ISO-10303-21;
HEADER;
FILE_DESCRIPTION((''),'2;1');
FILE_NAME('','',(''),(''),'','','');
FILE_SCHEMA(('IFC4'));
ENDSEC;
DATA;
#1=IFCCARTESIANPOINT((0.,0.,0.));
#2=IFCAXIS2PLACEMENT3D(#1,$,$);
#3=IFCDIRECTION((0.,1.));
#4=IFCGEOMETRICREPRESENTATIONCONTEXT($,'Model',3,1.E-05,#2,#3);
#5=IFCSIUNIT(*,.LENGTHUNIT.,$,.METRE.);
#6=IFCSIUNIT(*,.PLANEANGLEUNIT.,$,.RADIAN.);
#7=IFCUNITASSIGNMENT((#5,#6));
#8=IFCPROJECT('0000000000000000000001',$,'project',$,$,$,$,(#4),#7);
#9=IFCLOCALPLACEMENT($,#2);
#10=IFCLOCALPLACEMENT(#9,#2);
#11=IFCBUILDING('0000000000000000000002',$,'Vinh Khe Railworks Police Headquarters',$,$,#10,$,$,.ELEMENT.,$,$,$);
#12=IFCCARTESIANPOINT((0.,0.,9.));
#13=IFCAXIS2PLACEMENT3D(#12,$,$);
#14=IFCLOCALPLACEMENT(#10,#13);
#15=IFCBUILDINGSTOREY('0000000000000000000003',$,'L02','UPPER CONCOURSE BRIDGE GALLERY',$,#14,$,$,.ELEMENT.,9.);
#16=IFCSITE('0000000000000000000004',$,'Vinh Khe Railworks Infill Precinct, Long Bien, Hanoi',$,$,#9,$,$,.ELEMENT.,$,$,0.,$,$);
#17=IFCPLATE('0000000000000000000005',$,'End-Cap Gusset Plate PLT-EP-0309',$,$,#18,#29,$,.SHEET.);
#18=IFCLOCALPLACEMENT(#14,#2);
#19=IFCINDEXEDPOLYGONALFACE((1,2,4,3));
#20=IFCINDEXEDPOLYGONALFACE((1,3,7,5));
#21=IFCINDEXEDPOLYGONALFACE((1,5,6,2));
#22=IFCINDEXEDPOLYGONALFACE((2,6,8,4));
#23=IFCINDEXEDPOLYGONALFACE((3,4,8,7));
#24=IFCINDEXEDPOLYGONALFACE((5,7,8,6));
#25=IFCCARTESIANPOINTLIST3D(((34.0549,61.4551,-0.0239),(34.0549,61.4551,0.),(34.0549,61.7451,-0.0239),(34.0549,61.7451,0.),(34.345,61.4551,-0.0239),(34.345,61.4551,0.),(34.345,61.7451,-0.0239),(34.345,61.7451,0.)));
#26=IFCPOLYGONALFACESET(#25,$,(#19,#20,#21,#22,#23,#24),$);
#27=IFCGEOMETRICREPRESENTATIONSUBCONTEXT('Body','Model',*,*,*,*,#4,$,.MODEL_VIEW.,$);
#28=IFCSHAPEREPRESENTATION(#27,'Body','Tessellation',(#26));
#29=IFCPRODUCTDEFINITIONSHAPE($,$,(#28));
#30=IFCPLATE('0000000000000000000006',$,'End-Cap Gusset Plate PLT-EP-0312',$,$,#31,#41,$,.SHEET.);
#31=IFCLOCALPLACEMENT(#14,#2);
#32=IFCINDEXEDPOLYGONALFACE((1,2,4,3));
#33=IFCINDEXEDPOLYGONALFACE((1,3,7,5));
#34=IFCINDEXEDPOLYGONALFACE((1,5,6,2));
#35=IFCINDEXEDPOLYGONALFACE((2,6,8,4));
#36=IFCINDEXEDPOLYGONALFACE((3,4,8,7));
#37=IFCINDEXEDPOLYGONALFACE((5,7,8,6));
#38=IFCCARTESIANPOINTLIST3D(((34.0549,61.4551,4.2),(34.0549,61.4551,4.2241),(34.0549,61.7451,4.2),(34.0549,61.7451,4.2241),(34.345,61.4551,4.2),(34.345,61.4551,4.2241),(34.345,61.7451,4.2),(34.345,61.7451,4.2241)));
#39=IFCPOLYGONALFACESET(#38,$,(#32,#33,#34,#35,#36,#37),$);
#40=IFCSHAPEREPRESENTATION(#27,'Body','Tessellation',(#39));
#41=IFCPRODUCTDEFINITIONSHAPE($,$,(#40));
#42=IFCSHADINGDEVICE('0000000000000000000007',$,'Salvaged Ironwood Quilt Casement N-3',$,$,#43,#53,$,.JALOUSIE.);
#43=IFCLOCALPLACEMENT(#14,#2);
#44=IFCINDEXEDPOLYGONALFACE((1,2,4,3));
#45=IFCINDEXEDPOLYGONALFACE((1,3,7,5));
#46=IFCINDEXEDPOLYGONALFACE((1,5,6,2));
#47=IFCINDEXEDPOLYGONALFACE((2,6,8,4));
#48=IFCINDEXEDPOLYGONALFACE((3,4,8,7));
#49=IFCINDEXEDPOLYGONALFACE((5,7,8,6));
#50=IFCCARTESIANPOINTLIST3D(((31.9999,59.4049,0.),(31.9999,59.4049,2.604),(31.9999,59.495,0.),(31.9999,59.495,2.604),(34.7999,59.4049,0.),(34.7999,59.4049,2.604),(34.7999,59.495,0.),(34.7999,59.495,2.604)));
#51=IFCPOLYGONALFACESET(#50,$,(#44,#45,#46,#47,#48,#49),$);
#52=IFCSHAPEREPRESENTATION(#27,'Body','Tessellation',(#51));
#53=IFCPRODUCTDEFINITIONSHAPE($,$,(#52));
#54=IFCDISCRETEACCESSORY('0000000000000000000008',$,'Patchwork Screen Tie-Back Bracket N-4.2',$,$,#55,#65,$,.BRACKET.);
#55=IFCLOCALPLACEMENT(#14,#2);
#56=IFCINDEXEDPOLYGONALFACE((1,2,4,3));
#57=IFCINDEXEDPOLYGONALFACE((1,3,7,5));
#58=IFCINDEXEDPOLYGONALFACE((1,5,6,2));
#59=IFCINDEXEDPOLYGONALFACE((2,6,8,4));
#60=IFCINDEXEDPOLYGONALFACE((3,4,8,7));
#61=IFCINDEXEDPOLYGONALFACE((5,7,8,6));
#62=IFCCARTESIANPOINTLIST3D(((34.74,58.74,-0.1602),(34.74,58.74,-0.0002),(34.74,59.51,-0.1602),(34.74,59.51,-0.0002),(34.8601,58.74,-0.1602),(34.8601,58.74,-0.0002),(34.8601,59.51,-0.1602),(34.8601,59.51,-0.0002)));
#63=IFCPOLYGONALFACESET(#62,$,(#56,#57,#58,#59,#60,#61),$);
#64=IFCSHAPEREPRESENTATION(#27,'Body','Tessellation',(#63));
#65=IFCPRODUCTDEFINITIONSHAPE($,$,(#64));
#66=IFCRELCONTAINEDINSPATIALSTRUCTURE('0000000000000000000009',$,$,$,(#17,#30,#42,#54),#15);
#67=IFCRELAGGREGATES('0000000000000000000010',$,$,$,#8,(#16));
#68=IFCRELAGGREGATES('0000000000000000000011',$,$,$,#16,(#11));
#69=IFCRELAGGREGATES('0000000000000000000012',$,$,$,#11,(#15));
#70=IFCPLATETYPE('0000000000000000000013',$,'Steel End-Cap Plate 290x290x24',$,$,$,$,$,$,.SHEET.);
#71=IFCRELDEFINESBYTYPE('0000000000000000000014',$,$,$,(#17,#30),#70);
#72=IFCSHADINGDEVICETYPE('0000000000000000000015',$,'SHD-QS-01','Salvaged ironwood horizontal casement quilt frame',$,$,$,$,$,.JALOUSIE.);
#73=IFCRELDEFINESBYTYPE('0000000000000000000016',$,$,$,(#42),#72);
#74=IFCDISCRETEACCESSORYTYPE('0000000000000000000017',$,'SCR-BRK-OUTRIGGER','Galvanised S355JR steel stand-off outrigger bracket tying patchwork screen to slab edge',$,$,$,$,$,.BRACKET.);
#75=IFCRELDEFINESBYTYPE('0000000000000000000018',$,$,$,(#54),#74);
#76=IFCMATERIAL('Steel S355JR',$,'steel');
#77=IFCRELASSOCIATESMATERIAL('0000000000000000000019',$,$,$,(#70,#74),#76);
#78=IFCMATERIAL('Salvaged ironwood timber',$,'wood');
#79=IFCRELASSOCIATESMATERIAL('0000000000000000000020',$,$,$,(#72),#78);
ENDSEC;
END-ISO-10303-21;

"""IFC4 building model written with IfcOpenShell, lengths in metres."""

from ifc_helpers import new_model, si_unit, direction, frame, origin, origin_2d, place, context, subcontext, project, spatial, rectangle, extrude, material, material_profile, profile_set, type_object, element, save


model = new_model("IFC4")

# Units and contexts
model_context = context("Model", 3, precision=1e-05, world=origin(), true_north=direction((0.0, 1.0)))
body_context = subcontext(model_context, "Body", "Model", "MODEL_VIEW")
ifc_project = project(units=[si_unit("LENGTHUNIT", "METRE"), si_unit("PLANEANGLEUNIT", "RADIAN")], contexts=[model_context])

# Site, building, storey
site_placement = place(None, origin())
site = spatial("IfcSite", under=ifc_project, at=site_placement, Name="Vinh Khe Railworks Infill Precinct, Long Bien, Hanoi", CompositionType="ELEMENT", RefElevation=0.0)
building_placement = place(site_placement, origin())
building = spatial("IfcBuilding", under=site, at=building_placement, Name="Vinh Khe Railworks Police Headquarters", CompositionType="ELEMENT")
storey_placement = place(building_placement, frame((0.0, 0.0, 9.0)))
storey = spatial("IfcBuildingStorey", under=building, at=storey_placement, Name="L02", Description="UPPER CONCOURSE BRIDGE GALLERY", CompositionType="ELEMENT", Elevation=9.0)

# Shared definitions
ifc_material_1 = material(Name="Steel S355JR", Category="steel")

# Shared definitions
ifc_material_2 = material(Name="Salvaged ironwood timber", Category="wood")

# Plates
ifc_material_profile_1 = material_profile(ifc_material_1, rectangle(XDim=0.29, YDim=0.29, at=origin_2d()), Name="PL 290x290")
ifc_profile_set_1 = profile_set([ifc_material_profile_1], Name="Steel S355JR")
plate_type_1 = type_object("IfcPlateType", Name="Steel End-Cap Plate 290x290x24", PredefinedType="SHEET", material=ifc_profile_set_1)
plate_1_placement = place(storey_placement, frame((34.2, 61.6001, 0.0), z_axis=(0.0, 0.0, -1.0), x_axis=(1.0, 0.0, 0.0)))
element("IfcPlate", 1, at=plate_1_placement, inside=storey, type_object=plate_type_1, Name="End-Cap Gusset Plate PLT-EP-0309", PredefinedType="SHEET", context=body_context, shape_type="SweptSolid", body=[
    extrude(rectangle(XDim=0.29, YDim=0.29, at=origin_2d()), origin(), (0.0, 0.0, 1.0), 0.0239),
])
plate_2_placement = place(storey_placement, frame((34.2, 61.6001, 4.2), z_axis=(0.0, 0.0, 1.0), x_axis=(1.0, 0.0, 0.0)))
element("IfcPlate", 2, at=plate_2_placement, inside=storey, type_object=plate_type_1, Name="End-Cap Gusset Plate PLT-EP-0312", PredefinedType="SHEET", context=body_context, shape_type="SweptSolid", body=[
    extrude(rectangle(XDim=0.29, YDim=0.29, at=origin_2d()), origin(), (0.0, 0.0, 1.0), 0.0242),
])

# Shading device
shading_device_type = type_object("IfcShadingDeviceType", Name="SHD-QS-01", Description="Salvaged ironwood horizontal casement quilt frame", PredefinedType="JALOUSIE", material=ifc_material_2)
shading_device_placement = place(storey_placement, frame((33.3999, 59.45, 0.0), z_axis=(0.0, 0.0, 1.0), x_axis=(1.0, 0.0, 0.0)))
element("IfcShadingDevice", 3, at=shading_device_placement, inside=storey, type_object=shading_device_type, Name="Salvaged Ironwood Quilt Casement N-3", PredefinedType="JALOUSIE", context=body_context, shape_type="SweptSolid", body=[
    extrude(rectangle(XDim=2.8, YDim=0.0901, at=origin_2d()), origin(), (0.0, 0.0, 1.0), 2.604),
])

# Discrete accessory
discrete_accessory_type = type_object("IfcDiscreteAccessoryType", Name="SCR-BRK-OUTRIGGER", Description="Galvanised S355JR steel stand-off outrigger bracket tying patchwork screen to slab edge", PredefinedType="BRACKET", material=ifc_material_1)
discrete_accessory_placement = place(storey_placement, frame((34.8, 59.125, -0.1602), z_axis=(0.0, 0.0, 1.0), x_axis=(1.0, 0.0, 0.0)))
element("IfcDiscreteAccessory", 4, at=discrete_accessory_placement, inside=storey, type_object=discrete_accessory_type, Name="Patchwork Screen Tie-Back Bracket N-4.2", PredefinedType="BRACKET", context=body_context, shape_type="SweptSolid", body=[
    extrude(rectangle(XDim=0.1201, YDim=0.77, at=origin_2d()), origin(), (0.0, 0.0, 1.0), 0.1599),
])

save(model, "model.ifc")
